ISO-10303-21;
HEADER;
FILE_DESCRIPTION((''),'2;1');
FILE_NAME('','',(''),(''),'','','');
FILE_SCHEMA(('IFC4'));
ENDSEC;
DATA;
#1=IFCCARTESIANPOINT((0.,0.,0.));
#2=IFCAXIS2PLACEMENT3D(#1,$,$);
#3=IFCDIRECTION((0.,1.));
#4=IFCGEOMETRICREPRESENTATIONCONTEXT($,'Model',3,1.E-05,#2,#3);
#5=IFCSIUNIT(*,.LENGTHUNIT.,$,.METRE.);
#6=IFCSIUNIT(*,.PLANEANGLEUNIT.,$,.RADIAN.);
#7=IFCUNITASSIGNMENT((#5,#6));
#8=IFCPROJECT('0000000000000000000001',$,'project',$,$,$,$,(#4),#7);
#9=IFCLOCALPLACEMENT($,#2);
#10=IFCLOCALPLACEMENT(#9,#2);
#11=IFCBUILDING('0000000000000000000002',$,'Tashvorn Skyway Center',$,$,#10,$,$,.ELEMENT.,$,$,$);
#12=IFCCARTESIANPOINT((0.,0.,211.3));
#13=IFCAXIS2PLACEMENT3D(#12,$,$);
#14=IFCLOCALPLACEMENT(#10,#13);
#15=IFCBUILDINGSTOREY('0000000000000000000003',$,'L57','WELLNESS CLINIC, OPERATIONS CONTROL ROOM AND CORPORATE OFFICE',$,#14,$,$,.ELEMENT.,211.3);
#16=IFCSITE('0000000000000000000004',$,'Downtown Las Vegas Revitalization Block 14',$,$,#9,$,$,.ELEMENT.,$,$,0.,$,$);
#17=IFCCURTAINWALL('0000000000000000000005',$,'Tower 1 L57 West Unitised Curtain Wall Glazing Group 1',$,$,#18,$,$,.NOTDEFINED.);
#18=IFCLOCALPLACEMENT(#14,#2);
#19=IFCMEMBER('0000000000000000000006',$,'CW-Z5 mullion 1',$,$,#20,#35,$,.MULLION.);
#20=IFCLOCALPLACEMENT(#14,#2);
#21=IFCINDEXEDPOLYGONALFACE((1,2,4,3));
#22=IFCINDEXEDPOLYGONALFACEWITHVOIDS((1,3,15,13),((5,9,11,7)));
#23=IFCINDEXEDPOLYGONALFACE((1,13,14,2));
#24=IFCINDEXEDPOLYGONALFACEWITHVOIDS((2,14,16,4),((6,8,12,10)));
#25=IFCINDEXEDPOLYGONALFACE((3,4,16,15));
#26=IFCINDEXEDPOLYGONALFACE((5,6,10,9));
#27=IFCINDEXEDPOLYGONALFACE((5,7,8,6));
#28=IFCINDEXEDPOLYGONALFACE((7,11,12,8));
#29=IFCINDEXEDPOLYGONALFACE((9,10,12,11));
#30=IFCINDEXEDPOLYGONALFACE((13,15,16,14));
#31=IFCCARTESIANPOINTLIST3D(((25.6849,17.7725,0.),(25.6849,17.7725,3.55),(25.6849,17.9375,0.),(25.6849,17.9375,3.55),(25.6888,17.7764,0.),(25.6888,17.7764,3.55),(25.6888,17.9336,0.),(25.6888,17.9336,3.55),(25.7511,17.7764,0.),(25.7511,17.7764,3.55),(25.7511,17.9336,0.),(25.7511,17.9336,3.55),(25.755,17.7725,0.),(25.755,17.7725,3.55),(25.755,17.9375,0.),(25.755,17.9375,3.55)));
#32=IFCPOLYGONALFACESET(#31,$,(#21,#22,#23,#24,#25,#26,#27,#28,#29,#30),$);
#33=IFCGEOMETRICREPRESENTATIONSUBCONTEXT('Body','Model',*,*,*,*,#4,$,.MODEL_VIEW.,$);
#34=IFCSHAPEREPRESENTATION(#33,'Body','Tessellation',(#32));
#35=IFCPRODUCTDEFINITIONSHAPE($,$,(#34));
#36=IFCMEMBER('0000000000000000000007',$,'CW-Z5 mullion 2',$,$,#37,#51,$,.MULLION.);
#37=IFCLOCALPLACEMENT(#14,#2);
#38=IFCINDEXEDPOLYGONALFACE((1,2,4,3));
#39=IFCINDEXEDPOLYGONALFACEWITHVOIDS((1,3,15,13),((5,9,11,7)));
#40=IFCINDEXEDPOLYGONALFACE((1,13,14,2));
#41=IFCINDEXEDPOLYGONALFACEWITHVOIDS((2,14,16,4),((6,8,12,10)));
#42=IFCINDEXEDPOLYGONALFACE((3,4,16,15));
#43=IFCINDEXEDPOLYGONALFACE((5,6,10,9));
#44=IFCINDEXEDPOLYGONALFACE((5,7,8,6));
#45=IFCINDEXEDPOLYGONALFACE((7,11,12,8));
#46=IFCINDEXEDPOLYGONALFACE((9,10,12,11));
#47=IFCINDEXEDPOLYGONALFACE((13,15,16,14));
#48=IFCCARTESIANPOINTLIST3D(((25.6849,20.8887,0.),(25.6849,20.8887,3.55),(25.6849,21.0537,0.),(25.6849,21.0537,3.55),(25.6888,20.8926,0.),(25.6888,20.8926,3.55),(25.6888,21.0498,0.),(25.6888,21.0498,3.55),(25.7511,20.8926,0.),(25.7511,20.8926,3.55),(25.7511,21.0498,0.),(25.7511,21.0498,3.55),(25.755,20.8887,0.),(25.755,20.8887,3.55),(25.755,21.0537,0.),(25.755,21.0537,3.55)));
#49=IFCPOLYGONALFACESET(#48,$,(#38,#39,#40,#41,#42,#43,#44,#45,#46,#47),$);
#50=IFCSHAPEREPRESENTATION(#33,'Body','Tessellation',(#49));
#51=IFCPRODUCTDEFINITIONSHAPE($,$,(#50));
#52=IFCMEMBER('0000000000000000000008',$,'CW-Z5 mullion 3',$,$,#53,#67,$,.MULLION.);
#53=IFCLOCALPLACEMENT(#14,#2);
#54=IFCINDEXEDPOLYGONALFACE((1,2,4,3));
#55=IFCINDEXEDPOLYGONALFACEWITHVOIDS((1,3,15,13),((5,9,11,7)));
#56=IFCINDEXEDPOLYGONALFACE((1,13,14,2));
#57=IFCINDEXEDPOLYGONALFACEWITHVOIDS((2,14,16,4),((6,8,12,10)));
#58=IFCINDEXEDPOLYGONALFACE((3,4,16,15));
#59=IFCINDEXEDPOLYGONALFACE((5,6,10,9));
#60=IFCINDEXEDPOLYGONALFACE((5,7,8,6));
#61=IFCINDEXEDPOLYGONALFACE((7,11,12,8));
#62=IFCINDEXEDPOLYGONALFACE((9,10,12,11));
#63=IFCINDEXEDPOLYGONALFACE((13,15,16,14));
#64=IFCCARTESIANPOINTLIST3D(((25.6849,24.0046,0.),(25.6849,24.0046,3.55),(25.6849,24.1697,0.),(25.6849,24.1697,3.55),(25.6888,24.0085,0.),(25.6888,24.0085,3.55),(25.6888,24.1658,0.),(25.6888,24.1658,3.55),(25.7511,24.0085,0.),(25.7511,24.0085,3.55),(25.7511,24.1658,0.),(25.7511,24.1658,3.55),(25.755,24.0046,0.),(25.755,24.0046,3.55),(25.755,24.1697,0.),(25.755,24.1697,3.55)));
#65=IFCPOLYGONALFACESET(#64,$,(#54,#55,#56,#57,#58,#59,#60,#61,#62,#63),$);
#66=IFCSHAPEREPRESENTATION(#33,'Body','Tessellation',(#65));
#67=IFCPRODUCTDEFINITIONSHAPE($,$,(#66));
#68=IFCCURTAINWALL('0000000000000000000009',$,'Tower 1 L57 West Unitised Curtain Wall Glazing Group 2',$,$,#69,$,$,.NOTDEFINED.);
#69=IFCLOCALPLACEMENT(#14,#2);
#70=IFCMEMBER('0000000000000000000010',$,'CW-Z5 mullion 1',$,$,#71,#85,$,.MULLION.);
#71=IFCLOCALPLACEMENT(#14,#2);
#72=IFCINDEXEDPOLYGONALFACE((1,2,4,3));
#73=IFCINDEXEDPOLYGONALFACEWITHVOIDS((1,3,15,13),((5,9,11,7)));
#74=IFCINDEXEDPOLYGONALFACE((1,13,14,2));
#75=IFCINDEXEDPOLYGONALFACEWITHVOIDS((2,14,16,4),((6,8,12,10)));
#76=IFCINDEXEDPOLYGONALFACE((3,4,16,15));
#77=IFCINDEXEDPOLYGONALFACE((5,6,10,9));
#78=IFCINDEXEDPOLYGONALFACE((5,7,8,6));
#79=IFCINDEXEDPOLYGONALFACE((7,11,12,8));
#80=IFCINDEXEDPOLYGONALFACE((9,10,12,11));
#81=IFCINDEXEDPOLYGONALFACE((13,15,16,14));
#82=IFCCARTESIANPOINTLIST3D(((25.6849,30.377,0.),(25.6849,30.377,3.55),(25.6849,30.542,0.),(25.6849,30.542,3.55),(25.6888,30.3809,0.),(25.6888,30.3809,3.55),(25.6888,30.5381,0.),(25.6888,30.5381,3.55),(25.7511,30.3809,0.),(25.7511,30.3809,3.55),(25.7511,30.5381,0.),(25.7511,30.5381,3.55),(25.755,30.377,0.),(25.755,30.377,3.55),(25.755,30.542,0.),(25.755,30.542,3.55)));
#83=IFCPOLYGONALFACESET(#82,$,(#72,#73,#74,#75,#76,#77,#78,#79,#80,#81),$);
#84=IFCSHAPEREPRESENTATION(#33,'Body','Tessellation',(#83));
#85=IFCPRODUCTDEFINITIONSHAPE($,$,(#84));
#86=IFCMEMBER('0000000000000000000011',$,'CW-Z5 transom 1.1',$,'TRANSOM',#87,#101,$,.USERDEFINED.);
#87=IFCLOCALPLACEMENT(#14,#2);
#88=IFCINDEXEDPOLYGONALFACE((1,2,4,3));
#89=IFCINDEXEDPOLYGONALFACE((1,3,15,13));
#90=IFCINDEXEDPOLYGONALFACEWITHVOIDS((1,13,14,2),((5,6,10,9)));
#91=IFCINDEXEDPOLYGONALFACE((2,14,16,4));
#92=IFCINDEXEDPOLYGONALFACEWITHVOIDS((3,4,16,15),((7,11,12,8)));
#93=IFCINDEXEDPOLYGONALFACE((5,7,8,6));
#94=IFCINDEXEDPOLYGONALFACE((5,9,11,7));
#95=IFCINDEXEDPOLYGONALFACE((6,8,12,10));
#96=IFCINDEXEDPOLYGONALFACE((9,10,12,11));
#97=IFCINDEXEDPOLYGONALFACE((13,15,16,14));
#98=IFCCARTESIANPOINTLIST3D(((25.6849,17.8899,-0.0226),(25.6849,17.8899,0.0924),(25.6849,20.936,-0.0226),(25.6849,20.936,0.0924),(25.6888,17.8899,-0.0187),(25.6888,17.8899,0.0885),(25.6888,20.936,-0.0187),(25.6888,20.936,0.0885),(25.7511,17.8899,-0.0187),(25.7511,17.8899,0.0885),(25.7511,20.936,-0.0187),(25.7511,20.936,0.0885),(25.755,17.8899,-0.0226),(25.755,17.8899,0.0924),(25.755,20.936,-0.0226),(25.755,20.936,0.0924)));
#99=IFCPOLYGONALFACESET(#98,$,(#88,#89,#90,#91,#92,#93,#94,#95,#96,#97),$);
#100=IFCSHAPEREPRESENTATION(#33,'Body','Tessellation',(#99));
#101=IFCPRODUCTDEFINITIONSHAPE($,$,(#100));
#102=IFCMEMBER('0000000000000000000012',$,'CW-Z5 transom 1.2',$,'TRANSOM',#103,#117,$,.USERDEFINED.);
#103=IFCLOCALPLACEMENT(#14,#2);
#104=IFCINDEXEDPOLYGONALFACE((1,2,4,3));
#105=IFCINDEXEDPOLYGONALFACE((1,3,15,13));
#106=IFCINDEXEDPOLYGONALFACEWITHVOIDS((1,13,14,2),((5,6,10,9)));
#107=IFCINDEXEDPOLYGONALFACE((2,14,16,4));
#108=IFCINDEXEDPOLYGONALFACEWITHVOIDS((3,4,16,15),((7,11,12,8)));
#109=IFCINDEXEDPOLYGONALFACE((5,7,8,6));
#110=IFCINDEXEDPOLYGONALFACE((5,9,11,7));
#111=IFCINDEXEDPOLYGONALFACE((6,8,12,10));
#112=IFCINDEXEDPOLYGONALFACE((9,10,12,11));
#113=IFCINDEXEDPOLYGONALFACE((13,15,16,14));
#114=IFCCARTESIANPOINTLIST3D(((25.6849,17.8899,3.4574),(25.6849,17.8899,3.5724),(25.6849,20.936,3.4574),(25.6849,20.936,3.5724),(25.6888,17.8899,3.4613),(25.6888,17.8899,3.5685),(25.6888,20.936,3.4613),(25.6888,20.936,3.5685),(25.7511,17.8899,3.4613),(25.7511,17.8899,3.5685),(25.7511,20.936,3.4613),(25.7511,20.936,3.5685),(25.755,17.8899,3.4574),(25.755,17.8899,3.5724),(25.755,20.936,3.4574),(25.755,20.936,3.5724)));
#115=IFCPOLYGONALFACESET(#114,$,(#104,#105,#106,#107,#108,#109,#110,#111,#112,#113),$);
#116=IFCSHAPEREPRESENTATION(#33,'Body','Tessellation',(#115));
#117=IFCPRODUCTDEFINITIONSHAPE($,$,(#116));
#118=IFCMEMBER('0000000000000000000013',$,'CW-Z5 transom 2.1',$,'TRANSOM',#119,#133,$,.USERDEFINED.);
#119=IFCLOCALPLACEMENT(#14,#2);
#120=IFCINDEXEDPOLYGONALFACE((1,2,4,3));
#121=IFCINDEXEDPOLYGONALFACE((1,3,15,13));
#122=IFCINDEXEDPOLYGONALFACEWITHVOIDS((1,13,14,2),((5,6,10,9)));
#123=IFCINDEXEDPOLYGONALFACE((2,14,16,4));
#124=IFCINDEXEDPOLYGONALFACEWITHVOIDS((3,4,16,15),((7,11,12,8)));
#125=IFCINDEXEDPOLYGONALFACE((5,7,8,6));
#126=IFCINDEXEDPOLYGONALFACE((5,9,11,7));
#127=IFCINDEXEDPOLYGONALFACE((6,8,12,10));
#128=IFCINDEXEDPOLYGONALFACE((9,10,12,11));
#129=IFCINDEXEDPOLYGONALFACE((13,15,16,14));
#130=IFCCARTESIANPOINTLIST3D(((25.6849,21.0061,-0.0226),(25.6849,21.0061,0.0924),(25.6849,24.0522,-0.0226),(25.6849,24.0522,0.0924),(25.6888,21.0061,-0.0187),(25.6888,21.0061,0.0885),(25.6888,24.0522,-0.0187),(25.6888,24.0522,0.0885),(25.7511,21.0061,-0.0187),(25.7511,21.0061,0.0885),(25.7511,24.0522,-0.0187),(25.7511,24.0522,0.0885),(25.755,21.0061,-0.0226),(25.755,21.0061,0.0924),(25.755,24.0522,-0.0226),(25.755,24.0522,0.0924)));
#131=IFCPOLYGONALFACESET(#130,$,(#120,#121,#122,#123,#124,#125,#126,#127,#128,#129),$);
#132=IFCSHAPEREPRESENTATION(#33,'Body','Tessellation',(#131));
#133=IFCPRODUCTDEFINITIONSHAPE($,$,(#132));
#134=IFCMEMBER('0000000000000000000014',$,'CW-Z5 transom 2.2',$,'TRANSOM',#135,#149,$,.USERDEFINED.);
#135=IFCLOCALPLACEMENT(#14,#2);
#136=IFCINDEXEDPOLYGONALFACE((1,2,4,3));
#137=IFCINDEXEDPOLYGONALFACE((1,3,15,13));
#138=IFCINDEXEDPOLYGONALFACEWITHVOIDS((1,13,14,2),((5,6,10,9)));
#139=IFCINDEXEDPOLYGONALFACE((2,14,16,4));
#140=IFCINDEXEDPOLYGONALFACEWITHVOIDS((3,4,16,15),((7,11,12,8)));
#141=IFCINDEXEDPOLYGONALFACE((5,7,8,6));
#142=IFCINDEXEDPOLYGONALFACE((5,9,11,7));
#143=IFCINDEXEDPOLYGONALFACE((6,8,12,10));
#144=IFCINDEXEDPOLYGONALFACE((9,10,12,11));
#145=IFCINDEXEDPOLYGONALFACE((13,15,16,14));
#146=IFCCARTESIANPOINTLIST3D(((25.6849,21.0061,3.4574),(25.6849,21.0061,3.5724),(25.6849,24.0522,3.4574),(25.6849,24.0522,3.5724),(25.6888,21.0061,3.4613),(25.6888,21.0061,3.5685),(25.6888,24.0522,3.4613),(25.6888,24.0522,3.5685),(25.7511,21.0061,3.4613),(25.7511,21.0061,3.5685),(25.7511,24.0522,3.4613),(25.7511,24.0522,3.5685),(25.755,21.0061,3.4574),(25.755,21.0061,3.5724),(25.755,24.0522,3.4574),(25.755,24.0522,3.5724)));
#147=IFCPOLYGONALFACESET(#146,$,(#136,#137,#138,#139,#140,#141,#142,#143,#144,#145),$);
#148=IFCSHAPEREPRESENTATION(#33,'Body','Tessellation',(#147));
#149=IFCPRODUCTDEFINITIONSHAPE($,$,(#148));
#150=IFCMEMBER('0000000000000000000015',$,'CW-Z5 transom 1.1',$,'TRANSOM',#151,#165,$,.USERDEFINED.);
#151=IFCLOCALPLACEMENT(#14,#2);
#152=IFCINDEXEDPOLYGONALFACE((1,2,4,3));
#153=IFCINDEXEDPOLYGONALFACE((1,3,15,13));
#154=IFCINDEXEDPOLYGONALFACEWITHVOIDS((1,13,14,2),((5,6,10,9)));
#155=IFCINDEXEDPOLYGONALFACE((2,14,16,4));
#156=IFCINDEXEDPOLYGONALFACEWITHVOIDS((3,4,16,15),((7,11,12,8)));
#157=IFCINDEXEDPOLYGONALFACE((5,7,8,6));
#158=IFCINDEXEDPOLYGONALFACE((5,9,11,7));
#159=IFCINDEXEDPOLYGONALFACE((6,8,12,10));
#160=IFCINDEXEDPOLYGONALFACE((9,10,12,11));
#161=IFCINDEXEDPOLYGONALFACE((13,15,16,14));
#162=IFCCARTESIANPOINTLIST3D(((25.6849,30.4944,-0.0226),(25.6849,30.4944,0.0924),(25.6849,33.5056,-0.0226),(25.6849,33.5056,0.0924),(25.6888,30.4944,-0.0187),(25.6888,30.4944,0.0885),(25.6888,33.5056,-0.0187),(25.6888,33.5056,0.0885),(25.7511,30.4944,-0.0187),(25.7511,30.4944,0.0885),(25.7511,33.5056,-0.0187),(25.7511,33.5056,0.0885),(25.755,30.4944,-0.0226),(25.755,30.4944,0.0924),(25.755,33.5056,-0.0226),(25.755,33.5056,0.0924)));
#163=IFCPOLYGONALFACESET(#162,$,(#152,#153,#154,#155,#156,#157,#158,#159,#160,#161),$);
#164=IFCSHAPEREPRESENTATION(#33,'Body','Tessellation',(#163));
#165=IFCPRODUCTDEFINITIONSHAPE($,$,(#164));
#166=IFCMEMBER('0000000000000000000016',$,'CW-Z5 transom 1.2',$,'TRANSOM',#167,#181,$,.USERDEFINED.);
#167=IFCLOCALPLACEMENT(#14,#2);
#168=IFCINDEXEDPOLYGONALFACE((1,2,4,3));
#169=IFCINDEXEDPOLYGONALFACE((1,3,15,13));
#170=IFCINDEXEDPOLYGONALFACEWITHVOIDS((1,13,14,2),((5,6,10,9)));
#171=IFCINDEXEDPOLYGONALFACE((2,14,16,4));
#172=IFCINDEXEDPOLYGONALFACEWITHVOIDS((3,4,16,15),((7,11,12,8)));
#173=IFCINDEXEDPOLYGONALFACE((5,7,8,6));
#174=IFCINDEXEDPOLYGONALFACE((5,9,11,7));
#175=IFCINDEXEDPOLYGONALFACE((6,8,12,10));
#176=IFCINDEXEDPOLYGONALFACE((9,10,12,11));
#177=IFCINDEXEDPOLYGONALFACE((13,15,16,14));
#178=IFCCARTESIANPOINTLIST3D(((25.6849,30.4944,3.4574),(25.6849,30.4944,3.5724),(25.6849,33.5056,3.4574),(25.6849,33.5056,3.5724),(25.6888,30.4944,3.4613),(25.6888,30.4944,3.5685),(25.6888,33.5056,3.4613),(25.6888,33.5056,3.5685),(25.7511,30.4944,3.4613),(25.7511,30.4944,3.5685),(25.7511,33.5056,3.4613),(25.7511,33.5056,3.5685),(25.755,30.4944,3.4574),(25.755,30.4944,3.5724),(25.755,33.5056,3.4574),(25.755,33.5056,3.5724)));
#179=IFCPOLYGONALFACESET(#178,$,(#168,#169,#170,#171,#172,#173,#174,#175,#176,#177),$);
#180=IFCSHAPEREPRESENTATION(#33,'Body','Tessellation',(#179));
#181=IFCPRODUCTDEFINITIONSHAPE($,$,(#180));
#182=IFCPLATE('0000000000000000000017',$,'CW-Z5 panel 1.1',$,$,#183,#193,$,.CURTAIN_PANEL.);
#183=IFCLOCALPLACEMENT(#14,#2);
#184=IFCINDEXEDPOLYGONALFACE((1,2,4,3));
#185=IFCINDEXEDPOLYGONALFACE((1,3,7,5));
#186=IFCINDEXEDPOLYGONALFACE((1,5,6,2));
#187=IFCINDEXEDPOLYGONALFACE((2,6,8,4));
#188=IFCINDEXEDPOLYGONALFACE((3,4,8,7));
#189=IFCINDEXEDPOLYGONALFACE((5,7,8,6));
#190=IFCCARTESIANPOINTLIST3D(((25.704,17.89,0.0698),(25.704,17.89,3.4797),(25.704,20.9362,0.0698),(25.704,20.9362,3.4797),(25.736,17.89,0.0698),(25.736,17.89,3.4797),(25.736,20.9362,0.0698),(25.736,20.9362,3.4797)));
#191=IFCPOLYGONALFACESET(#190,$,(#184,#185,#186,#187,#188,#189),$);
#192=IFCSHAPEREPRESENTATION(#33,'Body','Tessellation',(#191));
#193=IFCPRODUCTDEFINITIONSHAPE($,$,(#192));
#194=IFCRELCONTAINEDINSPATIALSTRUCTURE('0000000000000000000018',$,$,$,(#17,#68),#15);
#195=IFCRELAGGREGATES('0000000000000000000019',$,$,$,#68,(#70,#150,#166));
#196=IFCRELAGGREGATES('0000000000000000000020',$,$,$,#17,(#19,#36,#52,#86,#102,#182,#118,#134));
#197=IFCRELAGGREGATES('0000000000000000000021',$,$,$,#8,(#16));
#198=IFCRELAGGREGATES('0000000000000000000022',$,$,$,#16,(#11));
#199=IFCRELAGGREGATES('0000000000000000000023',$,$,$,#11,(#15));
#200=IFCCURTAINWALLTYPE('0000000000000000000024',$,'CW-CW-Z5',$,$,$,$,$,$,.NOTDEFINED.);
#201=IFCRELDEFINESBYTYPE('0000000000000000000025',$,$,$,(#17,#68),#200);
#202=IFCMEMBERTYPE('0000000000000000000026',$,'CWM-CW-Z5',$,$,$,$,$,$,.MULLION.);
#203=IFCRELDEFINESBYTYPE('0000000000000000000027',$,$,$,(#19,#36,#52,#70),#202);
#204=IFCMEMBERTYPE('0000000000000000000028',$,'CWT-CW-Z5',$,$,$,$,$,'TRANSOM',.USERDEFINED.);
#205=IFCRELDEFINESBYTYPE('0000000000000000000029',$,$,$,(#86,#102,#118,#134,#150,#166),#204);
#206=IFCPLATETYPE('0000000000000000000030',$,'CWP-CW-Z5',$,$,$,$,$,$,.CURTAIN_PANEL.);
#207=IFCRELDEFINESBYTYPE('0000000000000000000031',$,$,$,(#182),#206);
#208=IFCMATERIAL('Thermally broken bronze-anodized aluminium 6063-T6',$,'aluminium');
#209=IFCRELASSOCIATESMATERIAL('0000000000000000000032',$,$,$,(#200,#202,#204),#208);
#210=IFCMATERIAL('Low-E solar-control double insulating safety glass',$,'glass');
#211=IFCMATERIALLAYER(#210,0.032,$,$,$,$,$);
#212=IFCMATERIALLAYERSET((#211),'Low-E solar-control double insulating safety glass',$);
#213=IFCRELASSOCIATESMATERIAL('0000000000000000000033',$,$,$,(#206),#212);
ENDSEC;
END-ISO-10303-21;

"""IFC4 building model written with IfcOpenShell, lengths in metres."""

from ifc_helpers import new_model, si_unit, direction, frame, origin, origin_2d, place, context, subcontext, project, spatial, rectangle, hollow_rectangle, extrude, material, layer, layer_set, material_profile, profile_set, type_object, element, aggregate, save


model = new_model("IFC4")

# Units and contexts
model_context = context("Model", 3, precision=1e-05, world=origin(), true_north=direction((0.0, 1.0)))
body_context = subcontext(model_context, "Body", "Model", "MODEL_VIEW")
ifc_project = project(units=[si_unit("LENGTHUNIT", "METRE"), si_unit("PLANEANGLEUNIT", "RADIAN")], contexts=[model_context])

# Site, building, storey
site_placement = place(None, origin())
site = spatial("IfcSite", under=ifc_project, at=site_placement, Name="Downtown Las Vegas Revitalization Block 14", CompositionType="ELEMENT", RefElevation=0.0)
building_placement = place(site_placement, origin())
building = spatial("IfcBuilding", under=site, at=building_placement, Name="Tashvorn Skyway Center", CompositionType="ELEMENT")
storey_placement = place(building_placement, frame((0.0, 0.0, 211.3)))
storey = spatial("IfcBuildingStorey", under=building, at=storey_placement, Name="L57", Description="WELLNESS CLINIC, OPERATIONS CONTROL ROOM AND CORPORATE OFFICE", CompositionType="ELEMENT", Elevation=211.3)

# Curtain wall, members
ifc_material_1 = material(Name="Thermally broken bronze-anodized aluminium 6063-T6", Category="aluminium")
curtain_wall_type = type_object("IfcCurtainWallType", Name="CW-CW-Z5", PredefinedType="NOTDEFINED", material=ifc_material_1)
curtain_wall_1_placement = place(storey_placement, origin())
curtain_wall_1 = element("IfcCurtainWall", 1, at=curtain_wall_1_placement, inside=storey, type_object=curtain_wall_type, Name="Tower 1 L57 West Unitised Curtain Wall Glazing Group 1", PredefinedType="NOTDEFINED")
ifc_material_profile_1 = material_profile(ifc_material_1, hollow_rectangle(XDim=0.0701, YDim=0.165, WallThickness=0.0039, at=origin_2d()), Name="ALU-MULL-70x165")
ifc_profile_set_1 = profile_set([ifc_material_profile_1], Name="Thermally broken bronze-anodized aluminium 6063-T6")
member_type_1 = type_object("IfcMemberType", Name="CWM-CW-Z5", PredefinedType="MULLION", material=ifc_profile_set_1)
member_1_placement = place(storey_placement, frame((25.72, 17.855, 0.0), z_axis=(0.0, 0.0, 1.0), x_axis=(-1.0, 0.0, 0.0)))
member_1 = element("IfcMember", 2, at=member_1_placement, type_object=member_type_1, Name="CW-Z5 mullion 1", PredefinedType="MULLION", context=body_context, shape_type="SweptSolid", body=[
    extrude(hollow_rectangle(XDim=0.0701, YDim=0.165, WallThickness=0.0039, at=origin_2d()), origin(), (0.0, 0.0, 1.0), 3.55),
])
member_2_placement = place(storey_placement, frame((25.72, 20.9712, 0.0), z_axis=(0.0, 0.0, 1.0), x_axis=(-1.0, 0.0, 0.0)))
member_2 = element("IfcMember", 3, at=member_2_placement, type_object=member_type_1, Name="CW-Z5 mullion 2", PredefinedType="MULLION", context=body_context, shape_type="SweptSolid", body=[
    extrude(hollow_rectangle(XDim=0.0701, YDim=0.165, WallThickness=0.0039, at=origin_2d()), origin(), (0.0, 0.0, 1.0), 3.55),
])
member_3_placement = place(storey_placement, frame((25.72, 24.0872, 0.0), z_axis=(0.0, 0.0, 1.0), x_axis=(-1.0, 0.0, 0.0)))
member_3 = element("IfcMember", 4, at=member_3_placement, type_object=member_type_1, Name="CW-Z5 mullion 3", PredefinedType="MULLION", context=body_context, shape_type="SweptSolid", body=[
    extrude(hollow_rectangle(XDim=0.0701, YDim=0.165, WallThickness=0.0039, at=origin_2d()), origin(), (0.0, 0.0, 1.0), 3.55),
])

# Curtain wall, member
curtain_wall_2_placement = place(storey_placement, origin())
curtain_wall_2 = element("IfcCurtainWall", 5, at=curtain_wall_2_placement, inside=storey, type_object=curtain_wall_type, Name="Tower 1 L57 West Unitised Curtain Wall Glazing Group 2", PredefinedType="NOTDEFINED")
member_4_placement = place(storey_placement, frame((25.72, 30.4595, 0.0), z_axis=(0.0, 0.0, 1.0), x_axis=(-1.0, 0.0, 0.0)))
member_4 = element("IfcMember", 6, at=member_4_placement, type_object=member_type_1, Name="CW-Z5 mullion 1", PredefinedType="MULLION", context=body_context, shape_type="SweptSolid", body=[
    extrude(hollow_rectangle(XDim=0.0701, YDim=0.165, WallThickness=0.0039, at=origin_2d()), origin(), (0.0, 0.0, 1.0), 3.55),
])

# Members
ifc_material_profile_2 = material_profile(ifc_material_1, hollow_rectangle(XDim=0.0701, YDim=0.115, WallThickness=0.0039, at=origin_2d()), Name="ALU-TRAN-70x115")
ifc_profile_set_2 = profile_set([ifc_material_profile_2], Name="Thermally broken bronze-anodized aluminium 6063-T6")
member_type_2 = type_object("IfcMemberType", Name="CWT-CW-Z5", ElementType="TRANSOM", PredefinedType="USERDEFINED", material=ifc_profile_set_2)
member_5_placement = place(storey_placement, frame((25.72, 17.8899, 0.0349), z_axis=(0.0, 1.0, 0.0), x_axis=(-1.0, 0.0, 0.0)))
member_5 = element("IfcMember", 7, at=member_5_placement, type_object=member_type_2, Name="CW-Z5 transom 1.1", ObjectType="TRANSOM", PredefinedType="USERDEFINED", context=body_context, shape_type="SweptSolid", body=[
    extrude(hollow_rectangle(XDim=0.0701, YDim=0.115, WallThickness=0.0039, at=origin_2d()), origin(), (0.0, 0.0, 1.0), 3.0461),
])
member_6_placement = place(storey_placement, frame((25.72, 17.8899, 3.5149), z_axis=(0.0, 1.0, 0.0), x_axis=(-1.0, 0.0, 0.0)))
member_6 = element("IfcMember", 8, at=member_6_placement, type_object=member_type_2, Name="CW-Z5 transom 1.2", ObjectType="TRANSOM", PredefinedType="USERDEFINED", context=body_context, shape_type="SweptSolid", body=[
    extrude(hollow_rectangle(XDim=0.0701, YDim=0.115, WallThickness=0.0039, at=origin_2d()), origin(), (0.0, 0.0, 1.0), 3.0461),
])
member_7_placement = place(storey_placement, frame((25.72, 21.0061, 0.0349), z_axis=(0.0, 1.0, 0.0), x_axis=(-1.0, 0.0, 0.0)))
member_7 = element("IfcMember", 9, at=member_7_placement, type_object=member_type_2, Name="CW-Z5 transom 2.1", ObjectType="TRANSOM", PredefinedType="USERDEFINED", context=body_context, shape_type="SweptSolid", body=[
    extrude(hollow_rectangle(XDim=0.0701, YDim=0.115, WallThickness=0.0039, at=origin_2d()), origin(), (0.0, 0.0, 1.0), 3.0461),
])
member_8_placement = place(storey_placement, frame((25.72, 21.0061, 3.5149), z_axis=(0.0, 1.0, 0.0), x_axis=(-1.0, 0.0, 0.0)))
member_8 = element("IfcMember", 10, at=member_8_placement, type_object=member_type_2, Name="CW-Z5 transom 2.2", ObjectType="TRANSOM", PredefinedType="USERDEFINED", context=body_context, shape_type="SweptSolid", body=[
    extrude(hollow_rectangle(XDim=0.0701, YDim=0.115, WallThickness=0.0039, at=origin_2d()), origin(), (0.0, 0.0, 1.0), 3.0461),
])
member_9_placement = place(storey_placement, frame((25.72, 30.4944, 0.0349), z_axis=(0.0, 1.0, 0.0), x_axis=(-1.0, 0.0, 0.0)))
member_9 = element("IfcMember", 11, at=member_9_placement, type_object=member_type_2, Name="CW-Z5 transom 1.1", ObjectType="TRANSOM", PredefinedType="USERDEFINED", context=body_context, shape_type="SweptSolid", body=[
    extrude(hollow_rectangle(XDim=0.0701, YDim=0.115, WallThickness=0.0039, at=origin_2d()), origin(), (0.0, 0.0, 1.0), 3.0112),
])
member_10_placement = place(storey_placement, frame((25.72, 30.4944, 3.5149), z_axis=(0.0, 1.0, 0.0), x_axis=(-1.0, 0.0, 0.0)))
member_10 = element("IfcMember", 12, at=member_10_placement, type_object=member_type_2, Name="CW-Z5 transom 1.2", ObjectType="TRANSOM", PredefinedType="USERDEFINED", context=body_context, shape_type="SweptSolid", body=[
    extrude(hollow_rectangle(XDim=0.0701, YDim=0.115, WallThickness=0.0039, at=origin_2d()), origin(), (0.0, 0.0, 1.0), 3.0112),
])
aggregate(curtain_wall_2, [member_4, member_9, member_10])

# Plate
ifc_material_2 = material(Name="Low-E solar-control double insulating safety glass", Category="glass")
ifc_layer_1 = layer(ifc_material_2, 0.032)
ifc_layer_set_1 = layer_set([ifc_layer_1], Name="Low-E solar-control double insulating safety glass")
plate_type = type_object("IfcPlateType", Name="CWP-CW-Z5", PredefinedType="CURTAIN_PANEL", material=ifc_layer_set_1)
plate_1_placement = place(storey_placement, frame((25.72, 19.4131, 0.0698), z_axis=(0.0, 0.0, 1.0), x_axis=(0.0, 1.0, 0.0)))
plate_1 = element("IfcPlate", 13, at=plate_1_placement, type_object=plate_type, Name="CW-Z5 panel 1.1", PredefinedType="CURTAIN_PANEL", context=body_context, shape_type="SweptSolid", body=[
    extrude(rectangle(XDim=3.0461, YDim=0.032, at=origin_2d()), origin(), (0.0, 0.0, 1.0), 3.4099),
])
aggregate(curtain_wall_1, [member_1, member_2, member_3, member_5, member_6, plate_1, member_7, member_8])

save(model, "model.ifc")
